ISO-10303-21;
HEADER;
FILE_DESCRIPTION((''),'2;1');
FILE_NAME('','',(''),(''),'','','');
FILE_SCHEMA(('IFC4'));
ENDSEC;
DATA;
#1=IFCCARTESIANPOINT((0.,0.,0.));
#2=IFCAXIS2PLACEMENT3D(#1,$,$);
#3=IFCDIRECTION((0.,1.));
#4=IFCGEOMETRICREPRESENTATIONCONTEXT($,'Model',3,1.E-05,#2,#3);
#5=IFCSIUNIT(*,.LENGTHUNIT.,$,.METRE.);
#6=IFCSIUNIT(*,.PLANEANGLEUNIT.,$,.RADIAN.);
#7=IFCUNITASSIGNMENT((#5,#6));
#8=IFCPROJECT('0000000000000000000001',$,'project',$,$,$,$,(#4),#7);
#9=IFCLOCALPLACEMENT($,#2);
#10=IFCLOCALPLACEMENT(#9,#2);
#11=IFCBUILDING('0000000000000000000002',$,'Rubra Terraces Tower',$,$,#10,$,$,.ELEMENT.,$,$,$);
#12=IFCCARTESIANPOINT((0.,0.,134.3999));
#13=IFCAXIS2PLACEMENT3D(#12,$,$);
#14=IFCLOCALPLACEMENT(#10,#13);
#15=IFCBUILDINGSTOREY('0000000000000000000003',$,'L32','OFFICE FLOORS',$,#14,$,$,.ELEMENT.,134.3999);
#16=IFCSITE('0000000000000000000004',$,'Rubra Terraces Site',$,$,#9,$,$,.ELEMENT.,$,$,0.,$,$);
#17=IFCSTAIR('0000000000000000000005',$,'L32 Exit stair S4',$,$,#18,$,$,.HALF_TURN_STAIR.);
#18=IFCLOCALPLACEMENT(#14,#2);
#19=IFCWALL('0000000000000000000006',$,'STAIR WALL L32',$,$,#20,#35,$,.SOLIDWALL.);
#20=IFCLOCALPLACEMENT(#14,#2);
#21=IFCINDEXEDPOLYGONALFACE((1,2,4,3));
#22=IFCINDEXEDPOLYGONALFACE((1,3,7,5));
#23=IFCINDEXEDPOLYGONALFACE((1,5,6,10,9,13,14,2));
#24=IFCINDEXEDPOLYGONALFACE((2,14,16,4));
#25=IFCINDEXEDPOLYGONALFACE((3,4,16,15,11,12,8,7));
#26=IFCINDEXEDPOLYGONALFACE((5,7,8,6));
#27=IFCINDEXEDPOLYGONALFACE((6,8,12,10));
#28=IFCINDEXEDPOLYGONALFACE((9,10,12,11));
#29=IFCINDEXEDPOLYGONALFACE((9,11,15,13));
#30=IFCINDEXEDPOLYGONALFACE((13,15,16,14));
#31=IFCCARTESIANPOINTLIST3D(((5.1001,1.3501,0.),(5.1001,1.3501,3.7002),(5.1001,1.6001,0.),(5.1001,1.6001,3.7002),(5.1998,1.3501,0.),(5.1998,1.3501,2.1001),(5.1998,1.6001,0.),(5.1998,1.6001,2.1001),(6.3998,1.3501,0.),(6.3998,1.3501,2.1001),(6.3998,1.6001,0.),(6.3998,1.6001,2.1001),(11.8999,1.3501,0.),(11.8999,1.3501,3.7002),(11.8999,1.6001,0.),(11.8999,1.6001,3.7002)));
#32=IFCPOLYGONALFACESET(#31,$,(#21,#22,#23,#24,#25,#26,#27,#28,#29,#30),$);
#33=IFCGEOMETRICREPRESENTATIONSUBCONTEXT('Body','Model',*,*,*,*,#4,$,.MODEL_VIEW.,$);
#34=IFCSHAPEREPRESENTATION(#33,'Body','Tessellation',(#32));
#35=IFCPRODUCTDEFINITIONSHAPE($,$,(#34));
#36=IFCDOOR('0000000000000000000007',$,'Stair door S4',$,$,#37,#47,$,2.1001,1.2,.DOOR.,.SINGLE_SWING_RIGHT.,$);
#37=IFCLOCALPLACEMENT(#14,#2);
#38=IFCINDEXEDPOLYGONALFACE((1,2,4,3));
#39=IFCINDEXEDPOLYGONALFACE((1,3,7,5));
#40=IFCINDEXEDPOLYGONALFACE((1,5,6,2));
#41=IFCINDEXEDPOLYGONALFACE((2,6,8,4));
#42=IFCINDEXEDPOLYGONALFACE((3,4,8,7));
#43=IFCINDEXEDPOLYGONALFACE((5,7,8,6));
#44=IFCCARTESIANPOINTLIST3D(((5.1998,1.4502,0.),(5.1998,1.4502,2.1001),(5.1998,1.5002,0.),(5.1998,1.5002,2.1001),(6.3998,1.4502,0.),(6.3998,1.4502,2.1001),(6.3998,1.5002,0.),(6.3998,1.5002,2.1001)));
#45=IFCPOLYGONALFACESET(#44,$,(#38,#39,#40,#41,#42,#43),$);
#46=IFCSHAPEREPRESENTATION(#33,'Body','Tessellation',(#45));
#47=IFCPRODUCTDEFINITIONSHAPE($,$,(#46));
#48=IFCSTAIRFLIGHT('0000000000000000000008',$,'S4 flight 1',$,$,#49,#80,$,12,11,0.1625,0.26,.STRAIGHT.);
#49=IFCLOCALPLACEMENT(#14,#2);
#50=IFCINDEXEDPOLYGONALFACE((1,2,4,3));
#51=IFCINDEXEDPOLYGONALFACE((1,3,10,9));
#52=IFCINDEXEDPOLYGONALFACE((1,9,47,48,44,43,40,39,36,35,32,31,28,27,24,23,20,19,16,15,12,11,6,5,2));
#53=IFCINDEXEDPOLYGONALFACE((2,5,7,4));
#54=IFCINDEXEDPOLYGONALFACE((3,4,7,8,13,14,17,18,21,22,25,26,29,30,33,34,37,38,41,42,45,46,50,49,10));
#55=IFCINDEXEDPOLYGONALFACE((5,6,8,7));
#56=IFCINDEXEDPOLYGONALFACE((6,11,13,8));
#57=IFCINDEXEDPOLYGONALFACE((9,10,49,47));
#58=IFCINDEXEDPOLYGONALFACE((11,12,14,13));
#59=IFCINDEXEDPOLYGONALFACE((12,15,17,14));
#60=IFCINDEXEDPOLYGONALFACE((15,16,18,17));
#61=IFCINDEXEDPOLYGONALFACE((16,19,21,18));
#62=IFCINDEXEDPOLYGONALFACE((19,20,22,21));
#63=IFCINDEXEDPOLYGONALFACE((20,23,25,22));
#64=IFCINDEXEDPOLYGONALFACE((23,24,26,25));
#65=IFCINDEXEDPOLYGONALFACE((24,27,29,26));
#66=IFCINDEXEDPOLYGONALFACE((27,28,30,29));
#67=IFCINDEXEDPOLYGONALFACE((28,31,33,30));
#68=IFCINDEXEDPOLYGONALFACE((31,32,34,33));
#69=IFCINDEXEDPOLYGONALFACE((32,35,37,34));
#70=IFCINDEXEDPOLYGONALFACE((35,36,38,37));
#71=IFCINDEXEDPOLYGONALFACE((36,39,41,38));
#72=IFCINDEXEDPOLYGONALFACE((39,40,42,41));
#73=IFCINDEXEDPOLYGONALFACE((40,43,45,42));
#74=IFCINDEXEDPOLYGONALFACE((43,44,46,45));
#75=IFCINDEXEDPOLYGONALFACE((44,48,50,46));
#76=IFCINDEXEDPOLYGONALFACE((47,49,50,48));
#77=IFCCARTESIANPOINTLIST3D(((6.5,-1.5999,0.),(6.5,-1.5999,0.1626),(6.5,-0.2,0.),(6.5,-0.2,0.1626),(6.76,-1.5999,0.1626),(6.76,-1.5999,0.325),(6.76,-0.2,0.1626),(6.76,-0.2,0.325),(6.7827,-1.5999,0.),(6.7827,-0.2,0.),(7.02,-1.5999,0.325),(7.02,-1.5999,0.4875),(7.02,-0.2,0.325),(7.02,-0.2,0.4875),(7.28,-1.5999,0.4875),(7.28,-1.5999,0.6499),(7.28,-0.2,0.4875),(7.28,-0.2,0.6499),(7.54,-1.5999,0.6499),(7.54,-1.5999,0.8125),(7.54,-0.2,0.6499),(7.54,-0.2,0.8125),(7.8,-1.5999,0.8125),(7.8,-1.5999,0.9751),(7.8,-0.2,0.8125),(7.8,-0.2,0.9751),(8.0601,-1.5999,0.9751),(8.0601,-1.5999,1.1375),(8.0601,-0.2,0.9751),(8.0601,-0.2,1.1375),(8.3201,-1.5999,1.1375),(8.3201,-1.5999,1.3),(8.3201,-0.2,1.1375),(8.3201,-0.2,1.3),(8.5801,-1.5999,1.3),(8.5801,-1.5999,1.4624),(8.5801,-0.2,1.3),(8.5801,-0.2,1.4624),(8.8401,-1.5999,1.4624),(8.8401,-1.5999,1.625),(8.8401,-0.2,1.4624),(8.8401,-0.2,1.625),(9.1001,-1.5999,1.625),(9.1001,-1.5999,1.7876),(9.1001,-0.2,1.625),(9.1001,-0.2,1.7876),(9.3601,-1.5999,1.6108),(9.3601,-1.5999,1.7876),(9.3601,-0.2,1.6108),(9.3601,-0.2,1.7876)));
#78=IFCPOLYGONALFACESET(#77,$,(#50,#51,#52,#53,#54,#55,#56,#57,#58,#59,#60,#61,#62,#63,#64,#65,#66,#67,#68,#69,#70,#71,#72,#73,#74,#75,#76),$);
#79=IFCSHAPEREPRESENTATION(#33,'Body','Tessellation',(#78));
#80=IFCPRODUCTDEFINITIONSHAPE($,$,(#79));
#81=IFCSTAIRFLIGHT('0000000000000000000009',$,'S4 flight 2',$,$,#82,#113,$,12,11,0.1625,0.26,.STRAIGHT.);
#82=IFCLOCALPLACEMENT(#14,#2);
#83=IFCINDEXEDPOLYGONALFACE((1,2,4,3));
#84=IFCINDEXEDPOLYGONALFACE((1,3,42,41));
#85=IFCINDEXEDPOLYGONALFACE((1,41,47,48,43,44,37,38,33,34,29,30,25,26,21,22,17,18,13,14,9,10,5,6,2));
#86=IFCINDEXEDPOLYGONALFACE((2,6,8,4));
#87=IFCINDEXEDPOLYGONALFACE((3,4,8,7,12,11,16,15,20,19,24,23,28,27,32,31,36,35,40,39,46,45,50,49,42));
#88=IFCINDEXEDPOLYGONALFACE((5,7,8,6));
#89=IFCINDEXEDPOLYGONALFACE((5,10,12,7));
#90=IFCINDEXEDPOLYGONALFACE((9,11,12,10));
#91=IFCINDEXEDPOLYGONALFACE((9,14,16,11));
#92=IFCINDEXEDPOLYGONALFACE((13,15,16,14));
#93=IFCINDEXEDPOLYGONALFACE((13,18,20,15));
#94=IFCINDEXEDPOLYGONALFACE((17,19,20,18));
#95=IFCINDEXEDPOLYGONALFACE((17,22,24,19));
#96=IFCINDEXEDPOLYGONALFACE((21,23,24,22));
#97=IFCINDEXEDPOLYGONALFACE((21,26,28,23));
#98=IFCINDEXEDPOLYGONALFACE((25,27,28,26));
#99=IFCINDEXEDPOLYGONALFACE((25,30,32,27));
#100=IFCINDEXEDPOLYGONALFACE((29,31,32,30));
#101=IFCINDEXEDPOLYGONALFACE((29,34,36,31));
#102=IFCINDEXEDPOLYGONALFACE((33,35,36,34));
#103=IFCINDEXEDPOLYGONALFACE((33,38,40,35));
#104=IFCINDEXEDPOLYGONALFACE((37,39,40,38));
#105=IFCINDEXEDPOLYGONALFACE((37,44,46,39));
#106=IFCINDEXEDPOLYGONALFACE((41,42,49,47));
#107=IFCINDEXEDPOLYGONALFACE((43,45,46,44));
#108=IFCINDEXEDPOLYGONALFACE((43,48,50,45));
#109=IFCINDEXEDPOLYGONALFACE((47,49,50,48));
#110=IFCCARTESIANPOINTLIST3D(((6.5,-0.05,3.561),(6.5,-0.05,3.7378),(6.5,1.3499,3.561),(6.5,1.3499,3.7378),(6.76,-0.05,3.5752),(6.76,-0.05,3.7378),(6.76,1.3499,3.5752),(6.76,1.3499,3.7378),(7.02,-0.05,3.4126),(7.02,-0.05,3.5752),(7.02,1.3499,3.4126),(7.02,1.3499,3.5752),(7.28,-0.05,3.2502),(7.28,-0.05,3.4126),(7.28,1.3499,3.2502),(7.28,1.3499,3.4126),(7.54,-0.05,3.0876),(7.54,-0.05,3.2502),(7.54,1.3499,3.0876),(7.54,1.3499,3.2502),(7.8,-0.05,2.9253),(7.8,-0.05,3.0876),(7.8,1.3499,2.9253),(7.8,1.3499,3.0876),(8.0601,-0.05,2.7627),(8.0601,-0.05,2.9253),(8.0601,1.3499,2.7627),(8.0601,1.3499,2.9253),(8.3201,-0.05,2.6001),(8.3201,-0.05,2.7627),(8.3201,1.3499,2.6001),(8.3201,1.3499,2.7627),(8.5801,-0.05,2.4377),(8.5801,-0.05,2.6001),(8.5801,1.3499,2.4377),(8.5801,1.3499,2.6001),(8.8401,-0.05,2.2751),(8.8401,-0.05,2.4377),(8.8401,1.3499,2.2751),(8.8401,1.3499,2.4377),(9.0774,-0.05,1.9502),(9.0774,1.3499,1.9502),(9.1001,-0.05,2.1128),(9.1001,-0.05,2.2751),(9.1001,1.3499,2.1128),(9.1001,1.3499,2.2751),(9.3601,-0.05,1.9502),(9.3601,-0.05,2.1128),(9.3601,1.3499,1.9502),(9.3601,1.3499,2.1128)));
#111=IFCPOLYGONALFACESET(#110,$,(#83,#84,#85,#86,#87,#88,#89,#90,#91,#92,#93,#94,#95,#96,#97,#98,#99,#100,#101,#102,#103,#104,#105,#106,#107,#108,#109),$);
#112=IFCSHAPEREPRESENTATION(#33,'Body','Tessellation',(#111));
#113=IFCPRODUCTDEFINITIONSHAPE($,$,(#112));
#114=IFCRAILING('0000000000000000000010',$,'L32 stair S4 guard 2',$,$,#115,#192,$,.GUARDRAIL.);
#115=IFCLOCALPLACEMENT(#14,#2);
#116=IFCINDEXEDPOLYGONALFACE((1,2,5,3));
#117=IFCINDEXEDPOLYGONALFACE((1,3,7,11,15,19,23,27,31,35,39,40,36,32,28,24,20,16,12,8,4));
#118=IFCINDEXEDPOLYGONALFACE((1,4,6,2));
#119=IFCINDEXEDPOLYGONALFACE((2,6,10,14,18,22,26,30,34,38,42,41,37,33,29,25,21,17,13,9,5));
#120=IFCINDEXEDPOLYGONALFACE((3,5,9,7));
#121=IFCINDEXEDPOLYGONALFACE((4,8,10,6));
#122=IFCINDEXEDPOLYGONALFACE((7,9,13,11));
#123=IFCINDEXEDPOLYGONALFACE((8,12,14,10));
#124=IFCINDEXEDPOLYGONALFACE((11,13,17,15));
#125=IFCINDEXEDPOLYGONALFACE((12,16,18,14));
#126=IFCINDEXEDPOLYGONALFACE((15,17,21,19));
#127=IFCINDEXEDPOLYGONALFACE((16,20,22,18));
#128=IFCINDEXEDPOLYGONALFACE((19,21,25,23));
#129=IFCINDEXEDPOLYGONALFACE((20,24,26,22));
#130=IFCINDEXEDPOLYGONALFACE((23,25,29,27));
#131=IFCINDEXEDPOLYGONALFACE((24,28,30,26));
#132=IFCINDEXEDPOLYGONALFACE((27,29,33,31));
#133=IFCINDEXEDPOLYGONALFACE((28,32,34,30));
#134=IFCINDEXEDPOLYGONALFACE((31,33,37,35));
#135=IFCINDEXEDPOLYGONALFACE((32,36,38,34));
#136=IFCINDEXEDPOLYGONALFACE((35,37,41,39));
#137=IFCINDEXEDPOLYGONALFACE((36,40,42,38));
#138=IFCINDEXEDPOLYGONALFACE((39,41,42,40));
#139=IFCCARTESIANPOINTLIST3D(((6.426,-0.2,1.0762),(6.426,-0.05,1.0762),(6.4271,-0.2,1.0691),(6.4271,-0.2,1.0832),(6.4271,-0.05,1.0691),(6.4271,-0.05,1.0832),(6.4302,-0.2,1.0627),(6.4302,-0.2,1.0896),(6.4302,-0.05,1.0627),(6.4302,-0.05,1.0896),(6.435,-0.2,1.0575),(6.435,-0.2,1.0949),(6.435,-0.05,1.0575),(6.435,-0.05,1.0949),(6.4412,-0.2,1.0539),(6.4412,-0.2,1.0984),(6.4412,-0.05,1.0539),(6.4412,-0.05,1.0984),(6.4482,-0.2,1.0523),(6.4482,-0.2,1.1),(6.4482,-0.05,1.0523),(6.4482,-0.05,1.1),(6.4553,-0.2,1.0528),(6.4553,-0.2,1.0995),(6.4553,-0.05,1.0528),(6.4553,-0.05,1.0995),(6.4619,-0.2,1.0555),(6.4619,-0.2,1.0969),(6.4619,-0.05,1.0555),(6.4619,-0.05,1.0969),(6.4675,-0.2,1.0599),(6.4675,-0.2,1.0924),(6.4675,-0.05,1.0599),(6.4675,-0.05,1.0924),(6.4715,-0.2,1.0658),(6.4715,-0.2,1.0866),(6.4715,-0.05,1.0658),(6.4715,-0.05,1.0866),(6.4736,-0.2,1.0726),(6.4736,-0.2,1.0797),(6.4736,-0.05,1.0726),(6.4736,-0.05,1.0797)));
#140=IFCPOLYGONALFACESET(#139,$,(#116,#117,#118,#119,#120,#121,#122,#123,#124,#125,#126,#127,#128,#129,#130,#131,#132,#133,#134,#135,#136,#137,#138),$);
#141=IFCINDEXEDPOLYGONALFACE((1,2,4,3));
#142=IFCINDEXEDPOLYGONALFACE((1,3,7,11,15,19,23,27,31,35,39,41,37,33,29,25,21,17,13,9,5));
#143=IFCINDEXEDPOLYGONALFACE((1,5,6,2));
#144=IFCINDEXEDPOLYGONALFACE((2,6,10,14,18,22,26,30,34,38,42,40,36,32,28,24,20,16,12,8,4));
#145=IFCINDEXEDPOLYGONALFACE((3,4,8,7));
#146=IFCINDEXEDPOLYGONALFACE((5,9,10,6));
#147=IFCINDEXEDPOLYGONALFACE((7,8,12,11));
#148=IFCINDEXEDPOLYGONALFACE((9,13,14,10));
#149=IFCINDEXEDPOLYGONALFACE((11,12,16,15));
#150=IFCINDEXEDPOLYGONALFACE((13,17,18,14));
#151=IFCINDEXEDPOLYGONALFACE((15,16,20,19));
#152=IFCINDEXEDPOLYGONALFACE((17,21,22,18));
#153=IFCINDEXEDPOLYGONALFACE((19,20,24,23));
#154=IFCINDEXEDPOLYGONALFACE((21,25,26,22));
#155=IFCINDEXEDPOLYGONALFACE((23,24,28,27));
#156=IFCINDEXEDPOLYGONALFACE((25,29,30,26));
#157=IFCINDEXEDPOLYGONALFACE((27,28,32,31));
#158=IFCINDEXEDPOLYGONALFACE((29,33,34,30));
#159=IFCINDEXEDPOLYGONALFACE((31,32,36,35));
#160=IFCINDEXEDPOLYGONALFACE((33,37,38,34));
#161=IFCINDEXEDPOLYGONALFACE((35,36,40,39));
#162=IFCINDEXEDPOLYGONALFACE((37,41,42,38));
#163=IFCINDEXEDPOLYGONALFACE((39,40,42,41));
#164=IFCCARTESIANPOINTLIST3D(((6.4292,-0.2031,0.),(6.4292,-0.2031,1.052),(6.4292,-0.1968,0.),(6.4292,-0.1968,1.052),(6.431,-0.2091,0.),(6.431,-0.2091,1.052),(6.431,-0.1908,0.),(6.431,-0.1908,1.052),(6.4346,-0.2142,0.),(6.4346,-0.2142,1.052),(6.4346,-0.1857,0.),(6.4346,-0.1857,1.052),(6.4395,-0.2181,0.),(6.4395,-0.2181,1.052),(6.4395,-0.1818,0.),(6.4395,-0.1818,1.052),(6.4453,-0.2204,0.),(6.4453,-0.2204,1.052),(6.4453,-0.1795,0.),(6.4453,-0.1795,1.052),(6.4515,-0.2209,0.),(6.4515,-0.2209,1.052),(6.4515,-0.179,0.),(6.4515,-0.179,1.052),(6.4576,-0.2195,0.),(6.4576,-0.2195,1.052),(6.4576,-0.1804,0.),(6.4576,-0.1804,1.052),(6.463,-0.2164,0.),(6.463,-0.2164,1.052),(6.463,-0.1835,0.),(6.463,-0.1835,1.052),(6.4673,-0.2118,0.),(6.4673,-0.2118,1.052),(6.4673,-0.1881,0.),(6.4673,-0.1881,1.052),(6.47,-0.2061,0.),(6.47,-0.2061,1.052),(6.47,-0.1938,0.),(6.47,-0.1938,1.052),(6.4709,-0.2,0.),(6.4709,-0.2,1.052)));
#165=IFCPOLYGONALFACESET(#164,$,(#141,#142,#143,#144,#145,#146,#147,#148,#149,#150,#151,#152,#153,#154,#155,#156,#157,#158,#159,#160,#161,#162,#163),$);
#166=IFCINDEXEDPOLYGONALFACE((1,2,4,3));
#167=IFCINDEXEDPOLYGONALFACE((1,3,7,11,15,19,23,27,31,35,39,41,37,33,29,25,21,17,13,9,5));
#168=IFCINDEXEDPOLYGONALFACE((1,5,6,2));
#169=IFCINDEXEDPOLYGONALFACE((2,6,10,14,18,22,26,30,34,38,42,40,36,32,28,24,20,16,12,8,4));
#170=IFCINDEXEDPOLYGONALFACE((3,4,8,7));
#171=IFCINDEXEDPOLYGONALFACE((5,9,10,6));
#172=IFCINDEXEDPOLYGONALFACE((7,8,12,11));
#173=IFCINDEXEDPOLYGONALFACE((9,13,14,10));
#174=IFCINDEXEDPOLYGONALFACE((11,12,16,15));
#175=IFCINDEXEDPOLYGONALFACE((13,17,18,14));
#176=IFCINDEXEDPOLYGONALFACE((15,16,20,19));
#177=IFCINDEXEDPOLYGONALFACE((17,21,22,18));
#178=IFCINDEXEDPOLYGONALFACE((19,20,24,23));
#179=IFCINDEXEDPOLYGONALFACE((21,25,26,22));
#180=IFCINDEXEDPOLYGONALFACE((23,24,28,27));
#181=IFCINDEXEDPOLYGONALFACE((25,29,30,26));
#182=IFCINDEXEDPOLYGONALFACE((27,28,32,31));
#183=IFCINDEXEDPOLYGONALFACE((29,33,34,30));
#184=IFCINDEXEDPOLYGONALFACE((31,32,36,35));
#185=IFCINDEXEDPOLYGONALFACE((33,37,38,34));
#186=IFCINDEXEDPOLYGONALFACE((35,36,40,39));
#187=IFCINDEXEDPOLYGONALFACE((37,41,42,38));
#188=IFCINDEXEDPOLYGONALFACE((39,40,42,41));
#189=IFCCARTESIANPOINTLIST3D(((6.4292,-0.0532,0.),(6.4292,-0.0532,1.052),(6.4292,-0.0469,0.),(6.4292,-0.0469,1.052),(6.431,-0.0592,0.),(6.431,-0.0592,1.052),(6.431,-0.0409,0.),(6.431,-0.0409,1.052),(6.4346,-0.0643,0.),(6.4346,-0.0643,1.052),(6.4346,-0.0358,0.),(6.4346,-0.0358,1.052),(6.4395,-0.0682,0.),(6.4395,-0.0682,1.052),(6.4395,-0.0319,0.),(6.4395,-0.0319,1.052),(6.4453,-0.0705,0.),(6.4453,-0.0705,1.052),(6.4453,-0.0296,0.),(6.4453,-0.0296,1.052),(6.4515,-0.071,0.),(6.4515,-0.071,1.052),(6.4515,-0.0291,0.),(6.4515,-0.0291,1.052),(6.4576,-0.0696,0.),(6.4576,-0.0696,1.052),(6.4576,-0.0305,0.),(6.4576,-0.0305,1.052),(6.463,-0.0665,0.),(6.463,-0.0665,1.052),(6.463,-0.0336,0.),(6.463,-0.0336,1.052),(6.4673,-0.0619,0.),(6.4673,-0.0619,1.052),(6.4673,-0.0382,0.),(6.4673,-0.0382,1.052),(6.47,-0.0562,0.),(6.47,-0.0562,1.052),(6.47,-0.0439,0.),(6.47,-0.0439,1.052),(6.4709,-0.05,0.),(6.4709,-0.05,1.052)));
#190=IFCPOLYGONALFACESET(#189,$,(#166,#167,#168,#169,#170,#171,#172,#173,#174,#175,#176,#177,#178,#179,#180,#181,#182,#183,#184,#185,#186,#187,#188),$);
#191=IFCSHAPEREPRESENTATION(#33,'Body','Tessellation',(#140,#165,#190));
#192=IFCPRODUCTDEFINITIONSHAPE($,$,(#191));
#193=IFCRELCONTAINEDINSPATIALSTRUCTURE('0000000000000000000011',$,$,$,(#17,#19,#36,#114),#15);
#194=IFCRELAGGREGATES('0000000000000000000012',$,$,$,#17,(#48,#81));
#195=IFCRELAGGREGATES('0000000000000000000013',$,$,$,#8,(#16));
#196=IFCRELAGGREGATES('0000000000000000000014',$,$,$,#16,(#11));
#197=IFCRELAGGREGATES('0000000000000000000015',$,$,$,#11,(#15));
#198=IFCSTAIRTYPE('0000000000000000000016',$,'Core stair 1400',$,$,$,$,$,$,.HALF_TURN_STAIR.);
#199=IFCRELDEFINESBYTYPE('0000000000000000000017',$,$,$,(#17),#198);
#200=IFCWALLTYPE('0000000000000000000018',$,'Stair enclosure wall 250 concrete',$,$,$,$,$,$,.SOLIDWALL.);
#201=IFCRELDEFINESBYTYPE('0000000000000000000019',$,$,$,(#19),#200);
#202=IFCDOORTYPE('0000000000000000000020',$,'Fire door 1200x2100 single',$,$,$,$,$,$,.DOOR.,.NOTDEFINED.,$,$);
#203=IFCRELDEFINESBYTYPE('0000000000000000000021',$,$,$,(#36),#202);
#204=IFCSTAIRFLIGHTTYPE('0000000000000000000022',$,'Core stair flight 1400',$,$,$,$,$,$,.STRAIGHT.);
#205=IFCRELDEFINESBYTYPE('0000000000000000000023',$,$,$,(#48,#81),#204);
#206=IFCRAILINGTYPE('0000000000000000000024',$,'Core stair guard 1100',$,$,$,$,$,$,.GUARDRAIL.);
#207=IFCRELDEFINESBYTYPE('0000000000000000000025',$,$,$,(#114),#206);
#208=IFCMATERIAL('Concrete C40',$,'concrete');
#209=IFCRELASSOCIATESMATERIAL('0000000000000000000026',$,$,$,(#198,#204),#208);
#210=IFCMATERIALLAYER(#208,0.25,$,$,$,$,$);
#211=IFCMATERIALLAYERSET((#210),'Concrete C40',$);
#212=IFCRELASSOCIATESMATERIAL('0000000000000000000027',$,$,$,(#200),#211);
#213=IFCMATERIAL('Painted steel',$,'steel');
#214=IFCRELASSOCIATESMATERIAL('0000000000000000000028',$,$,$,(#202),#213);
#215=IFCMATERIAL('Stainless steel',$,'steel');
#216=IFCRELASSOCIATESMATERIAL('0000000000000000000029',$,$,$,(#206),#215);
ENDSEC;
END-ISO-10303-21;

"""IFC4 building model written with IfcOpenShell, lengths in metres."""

from ifc_helpers import new_model, si_unit, direction, frame, frame_2d, origin, origin_2d, place, context, subcontext, project, spatial, polyline, rectangle, circle, outline, extrude, material, layer, layer_set, type_object, element, fill, aggregate, save


model = new_model("IFC4")

# Units and contexts
model_context = context("Model", 3, precision=1e-05, world=origin(), true_north=direction((0.0, 1.0)))
body_context = subcontext(model_context, "Body", "Model", "MODEL_VIEW")
ifc_project = project(units=[si_unit("LENGTHUNIT", "METRE"), si_unit("PLANEANGLEUNIT", "RADIAN")], contexts=[model_context])

# Site, building, storey
site_placement = place(None, origin())
site = spatial("IfcSite", under=ifc_project, at=site_placement, Name="Rubra Terraces Site", CompositionType="ELEMENT", RefElevation=0.0)
building_placement = place(site_placement, origin())
building = spatial("IfcBuilding", under=site, at=building_placement, Name="Rubra Terraces Tower", CompositionType="ELEMENT")
storey_placement = place(building_placement, frame((0.0, 0.0, 134.3999)))
storey = spatial("IfcBuildingStorey", under=building, at=storey_placement, Name="L32", Description="OFFICE FLOORS", CompositionType="ELEMENT", Elevation=134.3999)

# Stair
ifc_material_1 = material(Name="Concrete C40", Category="concrete")
stair_type = type_object("IfcStairType", Name="Core stair 1400", PredefinedType="HALF_TURN_STAIR", material=ifc_material_1)
stair_1_placement = place(storey_placement, origin())
stair_1 = element("IfcStair", 1, at=stair_1_placement, inside=storey, type_object=stair_type, Name="L32 Exit stair S4", PredefinedType="HALF_TURN_STAIR")

# Wall, opening, door
ifc_layer_1 = layer(ifc_material_1, 0.25)
ifc_layer_set_1 = layer_set([ifc_layer_1], Name="Concrete C40")
wall_type_1 = type_object("IfcWallType", Name="Stair enclosure wall 250 concrete", PredefinedType="SOLIDWALL", material=ifc_layer_set_1)
wall_1_placement = place(storey_placement, frame((11.8999, 1.4751, 0.0), z_axis=(0.0, 0.0, 1.0), x_axis=(-1.0, 0.0, 0.0)))
wall_1 = element("IfcWall", 2, at=wall_1_placement, inside=storey, type_object=wall_type_1, Name="STAIR WALL L32", PredefinedType="SOLIDWALL", context=body_context, shape_type="SweptSolid", body=[
    extrude(rectangle(XDim=6.7998, YDim=0.25, at=frame_2d((3.3999, 0.0))), origin(), (0.0, 0.0, 1.0), 3.7002),
])
opening_1_placement = place(wall_1_placement, frame((5.5, 0.0, 0.0)))
opening_1 = element("IfcOpeningElement", 3, at=opening_1_placement, cuts=wall_1, PredefinedType="OPENING", context=body_context, shape_type="SweptSolid", body=[
    extrude(rectangle(XDim=1.2, YDim=2.1001, at=frame_2d((0.6001, 1.05))), frame((0.0, 0.135, 0.0), z_axis=(0.0, -1.0, 0.0), x_axis=(1.0, 0.0, 0.0)), (0.0, 0.0, 1.0), 0.27),
])
ifc_material_2 = material(Name="Painted steel", Category="steel")
door_type_1 = type_object("IfcDoorType", Name="Fire door 1200x2100 single", OperationType="NOTDEFINED", PredefinedType="DOOR", material=ifc_material_2)
door_1_placement = place(opening_1_placement, origin())
door_1 = element("IfcDoor", 4, at=door_1_placement, inside=storey, type_object=door_type_1, Name="Stair door S4", OperationType="SINGLE_SWING_RIGHT", OverallHeight=2.1001, OverallWidth=1.2, PredefinedType="DOOR", context=body_context, shape_type="SweptSolid", body=[
    extrude(rectangle(XDim=1.2, YDim=2.1001, at=frame_2d((0.6001, 1.05))), frame((0.0, 0.0249, 0.0), z_axis=(0.0, -1.0, 0.0), x_axis=(1.0, 0.0, 0.0)), (0.0, 0.0, 1.0), 0.05),
])
fill(opening_1, door_1)

# Stair flights
stair_flight_type = type_object("IfcStairFlightType", Name="Core stair flight 1400", PredefinedType="STRAIGHT", material=ifc_material_1)
stair_flight_1_placement = place(storey_placement, frame((6.5, -0.8999, 0.0), z_axis=(0.0, 0.0, 1.0), x_axis=(1.0, 0.0, 0.0)))
stair_flight_1 = element("IfcStairFlight", 5, at=stair_flight_1_placement, type_object=stair_flight_type, Name="S4 flight 1", NumberOfRisers=12, NumberOfTreads=11, PredefinedType="STRAIGHT", RiserHeight=0.1625, TreadLength=0.26, context=body_context, shape_type="SweptSolid", body=[
    extrude(outline(polyline([(0.0, 0.0), (0.0, 0.1626), (0.26, 0.1626), (0.26, 0.325), (0.52, 0.325), (0.52, 0.4875), (0.78, 0.4875), (0.78, 0.6499), (1.04, 0.6499), (1.04, 0.8125), (1.3, 0.8125), (1.3, 0.9751), (1.5601, 0.9751), (1.5601, 1.1375), (1.8201, 1.1375), (1.8201, 1.3), (2.0801, 1.3), (2.0801, 1.4624), (2.3401, 1.4624), (2.3401, 1.625), (2.6001, 1.625), (2.6001, 1.7876), (2.8601, 1.7876), (2.8601, 1.95), (2.8601, 1.6108), (0.2827, 0.0), (0.0, 0.0)])), frame((0.0, 0.7, 0.0), z_axis=(0.0, -1.0, 0.0), x_axis=(1.0, 0.0, 0.0)), (0.0, 0.0, 1.0), 1.3999),
])
stair_flight_2_placement = place(storey_placement, frame((9.3601, 0.6499, 1.9502), z_axis=(0.0, 0.0, 1.0), x_axis=(-1.0, 0.0, 0.0)))
stair_flight_2 = element("IfcStairFlight", 6, at=stair_flight_2_placement, type_object=stair_flight_type, Name="S4 flight 2", NumberOfRisers=12, NumberOfTreads=11, PredefinedType="STRAIGHT", RiserHeight=0.1625, TreadLength=0.26, context=body_context, shape_type="SweptSolid", body=[
    extrude(outline(polyline([(0.0, 0.0), (0.0, 0.1626), (0.26, 0.1626), (0.26, 0.325), (0.52, 0.325), (0.52, 0.4875), (0.78, 0.4875), (0.78, 0.6499), (1.04, 0.6499), (1.04, 0.8125), (1.3, 0.8125), (1.3, 0.9751), (1.5601, 0.9751), (1.5601, 1.1375), (1.8201, 1.1375), (1.8201, 1.3), (2.0801, 1.3), (2.0801, 1.4624), (2.3401, 1.4624), (2.3401, 1.625), (2.6001, 1.625), (2.6001, 1.7876), (2.8601, 1.7876), (2.8601, 1.95), (2.8601, 1.6108), (0.2827, 0.0), (0.0, 0.0)])), frame((0.0, 0.7, 0.0), z_axis=(0.0, -1.0, 0.0), x_axis=(1.0, 0.0, 0.0)), (0.0, 0.0, 1.0), 1.3999),
])
aggregate(stair_1, [stair_flight_1, stair_flight_2])

# Railing
ifc_material_3 = material(Name="Stainless steel", Category="steel")
railing_type_1 = type_object("IfcRailingType", Name="Core stair guard 1100", PredefinedType="GUARDRAIL", material=ifc_material_3)
railing_1_placement = place(storey_placement, frame((6.45, -0.2, 0.0)))
element("IfcRailing", 7, at=railing_1_placement, inside=storey, type_object=railing_type_1, Name="L32 stair S4 guard 2", PredefinedType="GUARDRAIL", context=body_context, shape_type="SweptSolid", body=[
    extrude(circle(Radius=0.0239, at=origin_2d()), frame((0.0, 0.0, 1.0762), z_axis=(0.0, 1.0, 0.0), x_axis=(-1.0, 0.0, 0.0)), (0.0, 0.0, 1.0), 0.1499),
    extrude(circle(Radius=0.021, at=origin_2d()), origin(), (0.0, 0.0, 1.0), 1.052),
    extrude(circle(Radius=0.021, at=origin_2d()), frame((0.0, 0.1499, 0.0)), (0.0, 0.0, 1.0), 1.052),
])

save(model, "model.ifc")
